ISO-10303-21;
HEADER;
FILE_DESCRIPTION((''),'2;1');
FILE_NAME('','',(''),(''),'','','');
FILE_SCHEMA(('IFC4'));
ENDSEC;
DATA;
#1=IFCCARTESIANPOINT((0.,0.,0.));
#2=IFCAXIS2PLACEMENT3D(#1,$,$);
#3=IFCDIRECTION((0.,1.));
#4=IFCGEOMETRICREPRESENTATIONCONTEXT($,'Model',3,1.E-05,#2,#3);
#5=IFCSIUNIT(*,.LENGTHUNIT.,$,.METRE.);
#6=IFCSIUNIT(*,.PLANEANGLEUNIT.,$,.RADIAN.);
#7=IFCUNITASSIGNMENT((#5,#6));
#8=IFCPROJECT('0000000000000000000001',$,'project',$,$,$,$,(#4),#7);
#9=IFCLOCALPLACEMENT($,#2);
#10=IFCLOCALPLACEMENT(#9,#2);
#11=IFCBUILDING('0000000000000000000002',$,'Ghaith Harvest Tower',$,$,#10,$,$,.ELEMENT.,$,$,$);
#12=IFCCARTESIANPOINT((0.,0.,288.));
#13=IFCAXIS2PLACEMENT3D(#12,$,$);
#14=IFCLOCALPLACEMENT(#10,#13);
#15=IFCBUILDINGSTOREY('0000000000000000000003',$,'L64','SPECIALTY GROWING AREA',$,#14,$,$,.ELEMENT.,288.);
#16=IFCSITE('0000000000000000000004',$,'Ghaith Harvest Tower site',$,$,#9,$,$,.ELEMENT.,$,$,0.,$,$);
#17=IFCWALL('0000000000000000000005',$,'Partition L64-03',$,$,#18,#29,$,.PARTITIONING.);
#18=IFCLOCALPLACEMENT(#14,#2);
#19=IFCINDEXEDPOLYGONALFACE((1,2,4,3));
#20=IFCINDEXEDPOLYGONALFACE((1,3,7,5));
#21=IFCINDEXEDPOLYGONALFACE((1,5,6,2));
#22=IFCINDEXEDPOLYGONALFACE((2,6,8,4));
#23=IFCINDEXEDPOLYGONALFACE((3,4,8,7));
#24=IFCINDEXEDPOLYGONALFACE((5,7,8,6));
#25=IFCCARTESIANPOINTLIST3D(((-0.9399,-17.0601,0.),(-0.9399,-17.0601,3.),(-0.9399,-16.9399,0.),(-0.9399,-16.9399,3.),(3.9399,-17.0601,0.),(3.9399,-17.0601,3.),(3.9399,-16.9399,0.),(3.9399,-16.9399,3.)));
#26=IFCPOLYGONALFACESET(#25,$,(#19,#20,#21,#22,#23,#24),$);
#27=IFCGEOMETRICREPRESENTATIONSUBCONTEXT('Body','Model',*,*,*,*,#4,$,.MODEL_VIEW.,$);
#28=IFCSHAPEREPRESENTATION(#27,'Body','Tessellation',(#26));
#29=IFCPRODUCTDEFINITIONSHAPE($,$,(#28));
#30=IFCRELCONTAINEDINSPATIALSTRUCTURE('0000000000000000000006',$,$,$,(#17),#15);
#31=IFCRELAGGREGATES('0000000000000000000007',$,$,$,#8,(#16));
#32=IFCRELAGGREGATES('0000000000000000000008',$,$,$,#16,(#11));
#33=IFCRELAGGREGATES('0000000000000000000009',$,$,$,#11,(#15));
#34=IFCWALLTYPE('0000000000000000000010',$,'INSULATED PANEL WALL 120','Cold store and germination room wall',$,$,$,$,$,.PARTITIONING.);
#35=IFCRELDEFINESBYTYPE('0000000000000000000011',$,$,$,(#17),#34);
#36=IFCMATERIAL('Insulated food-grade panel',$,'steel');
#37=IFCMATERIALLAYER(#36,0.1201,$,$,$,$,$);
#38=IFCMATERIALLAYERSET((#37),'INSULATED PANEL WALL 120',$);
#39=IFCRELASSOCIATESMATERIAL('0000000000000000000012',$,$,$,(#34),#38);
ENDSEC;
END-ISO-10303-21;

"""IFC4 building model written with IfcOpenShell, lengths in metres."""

from ifc_helpers import new_model, si_unit, direction, frame, frame_2d, origin, place, context, subcontext, project, spatial, rectangle, extrude, material, layer, layer_set, type_object, element, save


model = new_model("IFC4")

# Units and contexts
model_context = context("Model", 3, precision=1e-05, world=origin(), true_north=direction((0.0, 1.0)))
body_context = subcontext(model_context, "Body", "Model", "MODEL_VIEW")
ifc_project = project(units=[si_unit("LENGTHUNIT", "METRE"), si_unit("PLANEANGLEUNIT", "RADIAN")], contexts=[model_context])

# Site, building, storey
site_placement = place(None, origin())
site = spatial("IfcSite", under=ifc_project, at=site_placement, Name="Ghaith Harvest Tower site", CompositionType="ELEMENT", RefElevation=0.0)
building_placement = place(site_placement, origin())
building = spatial("IfcBuilding", under=site, at=building_placement, Name="Ghaith Harvest Tower", CompositionType="ELEMENT")
storey_placement = place(building_placement, frame((0.0, 0.0, 288.0)))
storey = spatial("IfcBuildingStorey", under=building, at=storey_placement, Name="L64", Description="SPECIALTY GROWING AREA", CompositionType="ELEMENT", Elevation=288.0)

# Shared definitions
ifc_material_1 = material(Name="Insulated food-grade panel", Category="steel")
ifc_layer_1 = layer(ifc_material_1, 0.1201)
ifc_layer_set_1 = layer_set([ifc_layer_1], Name="INSULATED PANEL WALL 120")
wall_type = type_object("IfcWallType", Name="INSULATED PANEL WALL 120", Description="Cold store and germination room wall", PredefinedType="PARTITIONING", material=ifc_layer_set_1)

# Wall
wall_1_placement = place(storey_placement, frame((-0.9399, -17.0, 0.0), z_axis=(0.0, 0.0, 1.0), x_axis=(1.0, 0.0, 0.0)))
element("IfcWall", 1, at=wall_1_placement, inside=storey, type_object=wall_type, Name="Partition L64-03", PredefinedType="PARTITIONING", context=body_context, shape_type="SweptSolid", body=[
    extrude(rectangle(XDim=4.8799, YDim=0.1201, at=frame_2d((2.4399, 0.0))), origin(), (0.0, 0.0, 1.0), 3.0),
])

save(model, "model.ifc")
